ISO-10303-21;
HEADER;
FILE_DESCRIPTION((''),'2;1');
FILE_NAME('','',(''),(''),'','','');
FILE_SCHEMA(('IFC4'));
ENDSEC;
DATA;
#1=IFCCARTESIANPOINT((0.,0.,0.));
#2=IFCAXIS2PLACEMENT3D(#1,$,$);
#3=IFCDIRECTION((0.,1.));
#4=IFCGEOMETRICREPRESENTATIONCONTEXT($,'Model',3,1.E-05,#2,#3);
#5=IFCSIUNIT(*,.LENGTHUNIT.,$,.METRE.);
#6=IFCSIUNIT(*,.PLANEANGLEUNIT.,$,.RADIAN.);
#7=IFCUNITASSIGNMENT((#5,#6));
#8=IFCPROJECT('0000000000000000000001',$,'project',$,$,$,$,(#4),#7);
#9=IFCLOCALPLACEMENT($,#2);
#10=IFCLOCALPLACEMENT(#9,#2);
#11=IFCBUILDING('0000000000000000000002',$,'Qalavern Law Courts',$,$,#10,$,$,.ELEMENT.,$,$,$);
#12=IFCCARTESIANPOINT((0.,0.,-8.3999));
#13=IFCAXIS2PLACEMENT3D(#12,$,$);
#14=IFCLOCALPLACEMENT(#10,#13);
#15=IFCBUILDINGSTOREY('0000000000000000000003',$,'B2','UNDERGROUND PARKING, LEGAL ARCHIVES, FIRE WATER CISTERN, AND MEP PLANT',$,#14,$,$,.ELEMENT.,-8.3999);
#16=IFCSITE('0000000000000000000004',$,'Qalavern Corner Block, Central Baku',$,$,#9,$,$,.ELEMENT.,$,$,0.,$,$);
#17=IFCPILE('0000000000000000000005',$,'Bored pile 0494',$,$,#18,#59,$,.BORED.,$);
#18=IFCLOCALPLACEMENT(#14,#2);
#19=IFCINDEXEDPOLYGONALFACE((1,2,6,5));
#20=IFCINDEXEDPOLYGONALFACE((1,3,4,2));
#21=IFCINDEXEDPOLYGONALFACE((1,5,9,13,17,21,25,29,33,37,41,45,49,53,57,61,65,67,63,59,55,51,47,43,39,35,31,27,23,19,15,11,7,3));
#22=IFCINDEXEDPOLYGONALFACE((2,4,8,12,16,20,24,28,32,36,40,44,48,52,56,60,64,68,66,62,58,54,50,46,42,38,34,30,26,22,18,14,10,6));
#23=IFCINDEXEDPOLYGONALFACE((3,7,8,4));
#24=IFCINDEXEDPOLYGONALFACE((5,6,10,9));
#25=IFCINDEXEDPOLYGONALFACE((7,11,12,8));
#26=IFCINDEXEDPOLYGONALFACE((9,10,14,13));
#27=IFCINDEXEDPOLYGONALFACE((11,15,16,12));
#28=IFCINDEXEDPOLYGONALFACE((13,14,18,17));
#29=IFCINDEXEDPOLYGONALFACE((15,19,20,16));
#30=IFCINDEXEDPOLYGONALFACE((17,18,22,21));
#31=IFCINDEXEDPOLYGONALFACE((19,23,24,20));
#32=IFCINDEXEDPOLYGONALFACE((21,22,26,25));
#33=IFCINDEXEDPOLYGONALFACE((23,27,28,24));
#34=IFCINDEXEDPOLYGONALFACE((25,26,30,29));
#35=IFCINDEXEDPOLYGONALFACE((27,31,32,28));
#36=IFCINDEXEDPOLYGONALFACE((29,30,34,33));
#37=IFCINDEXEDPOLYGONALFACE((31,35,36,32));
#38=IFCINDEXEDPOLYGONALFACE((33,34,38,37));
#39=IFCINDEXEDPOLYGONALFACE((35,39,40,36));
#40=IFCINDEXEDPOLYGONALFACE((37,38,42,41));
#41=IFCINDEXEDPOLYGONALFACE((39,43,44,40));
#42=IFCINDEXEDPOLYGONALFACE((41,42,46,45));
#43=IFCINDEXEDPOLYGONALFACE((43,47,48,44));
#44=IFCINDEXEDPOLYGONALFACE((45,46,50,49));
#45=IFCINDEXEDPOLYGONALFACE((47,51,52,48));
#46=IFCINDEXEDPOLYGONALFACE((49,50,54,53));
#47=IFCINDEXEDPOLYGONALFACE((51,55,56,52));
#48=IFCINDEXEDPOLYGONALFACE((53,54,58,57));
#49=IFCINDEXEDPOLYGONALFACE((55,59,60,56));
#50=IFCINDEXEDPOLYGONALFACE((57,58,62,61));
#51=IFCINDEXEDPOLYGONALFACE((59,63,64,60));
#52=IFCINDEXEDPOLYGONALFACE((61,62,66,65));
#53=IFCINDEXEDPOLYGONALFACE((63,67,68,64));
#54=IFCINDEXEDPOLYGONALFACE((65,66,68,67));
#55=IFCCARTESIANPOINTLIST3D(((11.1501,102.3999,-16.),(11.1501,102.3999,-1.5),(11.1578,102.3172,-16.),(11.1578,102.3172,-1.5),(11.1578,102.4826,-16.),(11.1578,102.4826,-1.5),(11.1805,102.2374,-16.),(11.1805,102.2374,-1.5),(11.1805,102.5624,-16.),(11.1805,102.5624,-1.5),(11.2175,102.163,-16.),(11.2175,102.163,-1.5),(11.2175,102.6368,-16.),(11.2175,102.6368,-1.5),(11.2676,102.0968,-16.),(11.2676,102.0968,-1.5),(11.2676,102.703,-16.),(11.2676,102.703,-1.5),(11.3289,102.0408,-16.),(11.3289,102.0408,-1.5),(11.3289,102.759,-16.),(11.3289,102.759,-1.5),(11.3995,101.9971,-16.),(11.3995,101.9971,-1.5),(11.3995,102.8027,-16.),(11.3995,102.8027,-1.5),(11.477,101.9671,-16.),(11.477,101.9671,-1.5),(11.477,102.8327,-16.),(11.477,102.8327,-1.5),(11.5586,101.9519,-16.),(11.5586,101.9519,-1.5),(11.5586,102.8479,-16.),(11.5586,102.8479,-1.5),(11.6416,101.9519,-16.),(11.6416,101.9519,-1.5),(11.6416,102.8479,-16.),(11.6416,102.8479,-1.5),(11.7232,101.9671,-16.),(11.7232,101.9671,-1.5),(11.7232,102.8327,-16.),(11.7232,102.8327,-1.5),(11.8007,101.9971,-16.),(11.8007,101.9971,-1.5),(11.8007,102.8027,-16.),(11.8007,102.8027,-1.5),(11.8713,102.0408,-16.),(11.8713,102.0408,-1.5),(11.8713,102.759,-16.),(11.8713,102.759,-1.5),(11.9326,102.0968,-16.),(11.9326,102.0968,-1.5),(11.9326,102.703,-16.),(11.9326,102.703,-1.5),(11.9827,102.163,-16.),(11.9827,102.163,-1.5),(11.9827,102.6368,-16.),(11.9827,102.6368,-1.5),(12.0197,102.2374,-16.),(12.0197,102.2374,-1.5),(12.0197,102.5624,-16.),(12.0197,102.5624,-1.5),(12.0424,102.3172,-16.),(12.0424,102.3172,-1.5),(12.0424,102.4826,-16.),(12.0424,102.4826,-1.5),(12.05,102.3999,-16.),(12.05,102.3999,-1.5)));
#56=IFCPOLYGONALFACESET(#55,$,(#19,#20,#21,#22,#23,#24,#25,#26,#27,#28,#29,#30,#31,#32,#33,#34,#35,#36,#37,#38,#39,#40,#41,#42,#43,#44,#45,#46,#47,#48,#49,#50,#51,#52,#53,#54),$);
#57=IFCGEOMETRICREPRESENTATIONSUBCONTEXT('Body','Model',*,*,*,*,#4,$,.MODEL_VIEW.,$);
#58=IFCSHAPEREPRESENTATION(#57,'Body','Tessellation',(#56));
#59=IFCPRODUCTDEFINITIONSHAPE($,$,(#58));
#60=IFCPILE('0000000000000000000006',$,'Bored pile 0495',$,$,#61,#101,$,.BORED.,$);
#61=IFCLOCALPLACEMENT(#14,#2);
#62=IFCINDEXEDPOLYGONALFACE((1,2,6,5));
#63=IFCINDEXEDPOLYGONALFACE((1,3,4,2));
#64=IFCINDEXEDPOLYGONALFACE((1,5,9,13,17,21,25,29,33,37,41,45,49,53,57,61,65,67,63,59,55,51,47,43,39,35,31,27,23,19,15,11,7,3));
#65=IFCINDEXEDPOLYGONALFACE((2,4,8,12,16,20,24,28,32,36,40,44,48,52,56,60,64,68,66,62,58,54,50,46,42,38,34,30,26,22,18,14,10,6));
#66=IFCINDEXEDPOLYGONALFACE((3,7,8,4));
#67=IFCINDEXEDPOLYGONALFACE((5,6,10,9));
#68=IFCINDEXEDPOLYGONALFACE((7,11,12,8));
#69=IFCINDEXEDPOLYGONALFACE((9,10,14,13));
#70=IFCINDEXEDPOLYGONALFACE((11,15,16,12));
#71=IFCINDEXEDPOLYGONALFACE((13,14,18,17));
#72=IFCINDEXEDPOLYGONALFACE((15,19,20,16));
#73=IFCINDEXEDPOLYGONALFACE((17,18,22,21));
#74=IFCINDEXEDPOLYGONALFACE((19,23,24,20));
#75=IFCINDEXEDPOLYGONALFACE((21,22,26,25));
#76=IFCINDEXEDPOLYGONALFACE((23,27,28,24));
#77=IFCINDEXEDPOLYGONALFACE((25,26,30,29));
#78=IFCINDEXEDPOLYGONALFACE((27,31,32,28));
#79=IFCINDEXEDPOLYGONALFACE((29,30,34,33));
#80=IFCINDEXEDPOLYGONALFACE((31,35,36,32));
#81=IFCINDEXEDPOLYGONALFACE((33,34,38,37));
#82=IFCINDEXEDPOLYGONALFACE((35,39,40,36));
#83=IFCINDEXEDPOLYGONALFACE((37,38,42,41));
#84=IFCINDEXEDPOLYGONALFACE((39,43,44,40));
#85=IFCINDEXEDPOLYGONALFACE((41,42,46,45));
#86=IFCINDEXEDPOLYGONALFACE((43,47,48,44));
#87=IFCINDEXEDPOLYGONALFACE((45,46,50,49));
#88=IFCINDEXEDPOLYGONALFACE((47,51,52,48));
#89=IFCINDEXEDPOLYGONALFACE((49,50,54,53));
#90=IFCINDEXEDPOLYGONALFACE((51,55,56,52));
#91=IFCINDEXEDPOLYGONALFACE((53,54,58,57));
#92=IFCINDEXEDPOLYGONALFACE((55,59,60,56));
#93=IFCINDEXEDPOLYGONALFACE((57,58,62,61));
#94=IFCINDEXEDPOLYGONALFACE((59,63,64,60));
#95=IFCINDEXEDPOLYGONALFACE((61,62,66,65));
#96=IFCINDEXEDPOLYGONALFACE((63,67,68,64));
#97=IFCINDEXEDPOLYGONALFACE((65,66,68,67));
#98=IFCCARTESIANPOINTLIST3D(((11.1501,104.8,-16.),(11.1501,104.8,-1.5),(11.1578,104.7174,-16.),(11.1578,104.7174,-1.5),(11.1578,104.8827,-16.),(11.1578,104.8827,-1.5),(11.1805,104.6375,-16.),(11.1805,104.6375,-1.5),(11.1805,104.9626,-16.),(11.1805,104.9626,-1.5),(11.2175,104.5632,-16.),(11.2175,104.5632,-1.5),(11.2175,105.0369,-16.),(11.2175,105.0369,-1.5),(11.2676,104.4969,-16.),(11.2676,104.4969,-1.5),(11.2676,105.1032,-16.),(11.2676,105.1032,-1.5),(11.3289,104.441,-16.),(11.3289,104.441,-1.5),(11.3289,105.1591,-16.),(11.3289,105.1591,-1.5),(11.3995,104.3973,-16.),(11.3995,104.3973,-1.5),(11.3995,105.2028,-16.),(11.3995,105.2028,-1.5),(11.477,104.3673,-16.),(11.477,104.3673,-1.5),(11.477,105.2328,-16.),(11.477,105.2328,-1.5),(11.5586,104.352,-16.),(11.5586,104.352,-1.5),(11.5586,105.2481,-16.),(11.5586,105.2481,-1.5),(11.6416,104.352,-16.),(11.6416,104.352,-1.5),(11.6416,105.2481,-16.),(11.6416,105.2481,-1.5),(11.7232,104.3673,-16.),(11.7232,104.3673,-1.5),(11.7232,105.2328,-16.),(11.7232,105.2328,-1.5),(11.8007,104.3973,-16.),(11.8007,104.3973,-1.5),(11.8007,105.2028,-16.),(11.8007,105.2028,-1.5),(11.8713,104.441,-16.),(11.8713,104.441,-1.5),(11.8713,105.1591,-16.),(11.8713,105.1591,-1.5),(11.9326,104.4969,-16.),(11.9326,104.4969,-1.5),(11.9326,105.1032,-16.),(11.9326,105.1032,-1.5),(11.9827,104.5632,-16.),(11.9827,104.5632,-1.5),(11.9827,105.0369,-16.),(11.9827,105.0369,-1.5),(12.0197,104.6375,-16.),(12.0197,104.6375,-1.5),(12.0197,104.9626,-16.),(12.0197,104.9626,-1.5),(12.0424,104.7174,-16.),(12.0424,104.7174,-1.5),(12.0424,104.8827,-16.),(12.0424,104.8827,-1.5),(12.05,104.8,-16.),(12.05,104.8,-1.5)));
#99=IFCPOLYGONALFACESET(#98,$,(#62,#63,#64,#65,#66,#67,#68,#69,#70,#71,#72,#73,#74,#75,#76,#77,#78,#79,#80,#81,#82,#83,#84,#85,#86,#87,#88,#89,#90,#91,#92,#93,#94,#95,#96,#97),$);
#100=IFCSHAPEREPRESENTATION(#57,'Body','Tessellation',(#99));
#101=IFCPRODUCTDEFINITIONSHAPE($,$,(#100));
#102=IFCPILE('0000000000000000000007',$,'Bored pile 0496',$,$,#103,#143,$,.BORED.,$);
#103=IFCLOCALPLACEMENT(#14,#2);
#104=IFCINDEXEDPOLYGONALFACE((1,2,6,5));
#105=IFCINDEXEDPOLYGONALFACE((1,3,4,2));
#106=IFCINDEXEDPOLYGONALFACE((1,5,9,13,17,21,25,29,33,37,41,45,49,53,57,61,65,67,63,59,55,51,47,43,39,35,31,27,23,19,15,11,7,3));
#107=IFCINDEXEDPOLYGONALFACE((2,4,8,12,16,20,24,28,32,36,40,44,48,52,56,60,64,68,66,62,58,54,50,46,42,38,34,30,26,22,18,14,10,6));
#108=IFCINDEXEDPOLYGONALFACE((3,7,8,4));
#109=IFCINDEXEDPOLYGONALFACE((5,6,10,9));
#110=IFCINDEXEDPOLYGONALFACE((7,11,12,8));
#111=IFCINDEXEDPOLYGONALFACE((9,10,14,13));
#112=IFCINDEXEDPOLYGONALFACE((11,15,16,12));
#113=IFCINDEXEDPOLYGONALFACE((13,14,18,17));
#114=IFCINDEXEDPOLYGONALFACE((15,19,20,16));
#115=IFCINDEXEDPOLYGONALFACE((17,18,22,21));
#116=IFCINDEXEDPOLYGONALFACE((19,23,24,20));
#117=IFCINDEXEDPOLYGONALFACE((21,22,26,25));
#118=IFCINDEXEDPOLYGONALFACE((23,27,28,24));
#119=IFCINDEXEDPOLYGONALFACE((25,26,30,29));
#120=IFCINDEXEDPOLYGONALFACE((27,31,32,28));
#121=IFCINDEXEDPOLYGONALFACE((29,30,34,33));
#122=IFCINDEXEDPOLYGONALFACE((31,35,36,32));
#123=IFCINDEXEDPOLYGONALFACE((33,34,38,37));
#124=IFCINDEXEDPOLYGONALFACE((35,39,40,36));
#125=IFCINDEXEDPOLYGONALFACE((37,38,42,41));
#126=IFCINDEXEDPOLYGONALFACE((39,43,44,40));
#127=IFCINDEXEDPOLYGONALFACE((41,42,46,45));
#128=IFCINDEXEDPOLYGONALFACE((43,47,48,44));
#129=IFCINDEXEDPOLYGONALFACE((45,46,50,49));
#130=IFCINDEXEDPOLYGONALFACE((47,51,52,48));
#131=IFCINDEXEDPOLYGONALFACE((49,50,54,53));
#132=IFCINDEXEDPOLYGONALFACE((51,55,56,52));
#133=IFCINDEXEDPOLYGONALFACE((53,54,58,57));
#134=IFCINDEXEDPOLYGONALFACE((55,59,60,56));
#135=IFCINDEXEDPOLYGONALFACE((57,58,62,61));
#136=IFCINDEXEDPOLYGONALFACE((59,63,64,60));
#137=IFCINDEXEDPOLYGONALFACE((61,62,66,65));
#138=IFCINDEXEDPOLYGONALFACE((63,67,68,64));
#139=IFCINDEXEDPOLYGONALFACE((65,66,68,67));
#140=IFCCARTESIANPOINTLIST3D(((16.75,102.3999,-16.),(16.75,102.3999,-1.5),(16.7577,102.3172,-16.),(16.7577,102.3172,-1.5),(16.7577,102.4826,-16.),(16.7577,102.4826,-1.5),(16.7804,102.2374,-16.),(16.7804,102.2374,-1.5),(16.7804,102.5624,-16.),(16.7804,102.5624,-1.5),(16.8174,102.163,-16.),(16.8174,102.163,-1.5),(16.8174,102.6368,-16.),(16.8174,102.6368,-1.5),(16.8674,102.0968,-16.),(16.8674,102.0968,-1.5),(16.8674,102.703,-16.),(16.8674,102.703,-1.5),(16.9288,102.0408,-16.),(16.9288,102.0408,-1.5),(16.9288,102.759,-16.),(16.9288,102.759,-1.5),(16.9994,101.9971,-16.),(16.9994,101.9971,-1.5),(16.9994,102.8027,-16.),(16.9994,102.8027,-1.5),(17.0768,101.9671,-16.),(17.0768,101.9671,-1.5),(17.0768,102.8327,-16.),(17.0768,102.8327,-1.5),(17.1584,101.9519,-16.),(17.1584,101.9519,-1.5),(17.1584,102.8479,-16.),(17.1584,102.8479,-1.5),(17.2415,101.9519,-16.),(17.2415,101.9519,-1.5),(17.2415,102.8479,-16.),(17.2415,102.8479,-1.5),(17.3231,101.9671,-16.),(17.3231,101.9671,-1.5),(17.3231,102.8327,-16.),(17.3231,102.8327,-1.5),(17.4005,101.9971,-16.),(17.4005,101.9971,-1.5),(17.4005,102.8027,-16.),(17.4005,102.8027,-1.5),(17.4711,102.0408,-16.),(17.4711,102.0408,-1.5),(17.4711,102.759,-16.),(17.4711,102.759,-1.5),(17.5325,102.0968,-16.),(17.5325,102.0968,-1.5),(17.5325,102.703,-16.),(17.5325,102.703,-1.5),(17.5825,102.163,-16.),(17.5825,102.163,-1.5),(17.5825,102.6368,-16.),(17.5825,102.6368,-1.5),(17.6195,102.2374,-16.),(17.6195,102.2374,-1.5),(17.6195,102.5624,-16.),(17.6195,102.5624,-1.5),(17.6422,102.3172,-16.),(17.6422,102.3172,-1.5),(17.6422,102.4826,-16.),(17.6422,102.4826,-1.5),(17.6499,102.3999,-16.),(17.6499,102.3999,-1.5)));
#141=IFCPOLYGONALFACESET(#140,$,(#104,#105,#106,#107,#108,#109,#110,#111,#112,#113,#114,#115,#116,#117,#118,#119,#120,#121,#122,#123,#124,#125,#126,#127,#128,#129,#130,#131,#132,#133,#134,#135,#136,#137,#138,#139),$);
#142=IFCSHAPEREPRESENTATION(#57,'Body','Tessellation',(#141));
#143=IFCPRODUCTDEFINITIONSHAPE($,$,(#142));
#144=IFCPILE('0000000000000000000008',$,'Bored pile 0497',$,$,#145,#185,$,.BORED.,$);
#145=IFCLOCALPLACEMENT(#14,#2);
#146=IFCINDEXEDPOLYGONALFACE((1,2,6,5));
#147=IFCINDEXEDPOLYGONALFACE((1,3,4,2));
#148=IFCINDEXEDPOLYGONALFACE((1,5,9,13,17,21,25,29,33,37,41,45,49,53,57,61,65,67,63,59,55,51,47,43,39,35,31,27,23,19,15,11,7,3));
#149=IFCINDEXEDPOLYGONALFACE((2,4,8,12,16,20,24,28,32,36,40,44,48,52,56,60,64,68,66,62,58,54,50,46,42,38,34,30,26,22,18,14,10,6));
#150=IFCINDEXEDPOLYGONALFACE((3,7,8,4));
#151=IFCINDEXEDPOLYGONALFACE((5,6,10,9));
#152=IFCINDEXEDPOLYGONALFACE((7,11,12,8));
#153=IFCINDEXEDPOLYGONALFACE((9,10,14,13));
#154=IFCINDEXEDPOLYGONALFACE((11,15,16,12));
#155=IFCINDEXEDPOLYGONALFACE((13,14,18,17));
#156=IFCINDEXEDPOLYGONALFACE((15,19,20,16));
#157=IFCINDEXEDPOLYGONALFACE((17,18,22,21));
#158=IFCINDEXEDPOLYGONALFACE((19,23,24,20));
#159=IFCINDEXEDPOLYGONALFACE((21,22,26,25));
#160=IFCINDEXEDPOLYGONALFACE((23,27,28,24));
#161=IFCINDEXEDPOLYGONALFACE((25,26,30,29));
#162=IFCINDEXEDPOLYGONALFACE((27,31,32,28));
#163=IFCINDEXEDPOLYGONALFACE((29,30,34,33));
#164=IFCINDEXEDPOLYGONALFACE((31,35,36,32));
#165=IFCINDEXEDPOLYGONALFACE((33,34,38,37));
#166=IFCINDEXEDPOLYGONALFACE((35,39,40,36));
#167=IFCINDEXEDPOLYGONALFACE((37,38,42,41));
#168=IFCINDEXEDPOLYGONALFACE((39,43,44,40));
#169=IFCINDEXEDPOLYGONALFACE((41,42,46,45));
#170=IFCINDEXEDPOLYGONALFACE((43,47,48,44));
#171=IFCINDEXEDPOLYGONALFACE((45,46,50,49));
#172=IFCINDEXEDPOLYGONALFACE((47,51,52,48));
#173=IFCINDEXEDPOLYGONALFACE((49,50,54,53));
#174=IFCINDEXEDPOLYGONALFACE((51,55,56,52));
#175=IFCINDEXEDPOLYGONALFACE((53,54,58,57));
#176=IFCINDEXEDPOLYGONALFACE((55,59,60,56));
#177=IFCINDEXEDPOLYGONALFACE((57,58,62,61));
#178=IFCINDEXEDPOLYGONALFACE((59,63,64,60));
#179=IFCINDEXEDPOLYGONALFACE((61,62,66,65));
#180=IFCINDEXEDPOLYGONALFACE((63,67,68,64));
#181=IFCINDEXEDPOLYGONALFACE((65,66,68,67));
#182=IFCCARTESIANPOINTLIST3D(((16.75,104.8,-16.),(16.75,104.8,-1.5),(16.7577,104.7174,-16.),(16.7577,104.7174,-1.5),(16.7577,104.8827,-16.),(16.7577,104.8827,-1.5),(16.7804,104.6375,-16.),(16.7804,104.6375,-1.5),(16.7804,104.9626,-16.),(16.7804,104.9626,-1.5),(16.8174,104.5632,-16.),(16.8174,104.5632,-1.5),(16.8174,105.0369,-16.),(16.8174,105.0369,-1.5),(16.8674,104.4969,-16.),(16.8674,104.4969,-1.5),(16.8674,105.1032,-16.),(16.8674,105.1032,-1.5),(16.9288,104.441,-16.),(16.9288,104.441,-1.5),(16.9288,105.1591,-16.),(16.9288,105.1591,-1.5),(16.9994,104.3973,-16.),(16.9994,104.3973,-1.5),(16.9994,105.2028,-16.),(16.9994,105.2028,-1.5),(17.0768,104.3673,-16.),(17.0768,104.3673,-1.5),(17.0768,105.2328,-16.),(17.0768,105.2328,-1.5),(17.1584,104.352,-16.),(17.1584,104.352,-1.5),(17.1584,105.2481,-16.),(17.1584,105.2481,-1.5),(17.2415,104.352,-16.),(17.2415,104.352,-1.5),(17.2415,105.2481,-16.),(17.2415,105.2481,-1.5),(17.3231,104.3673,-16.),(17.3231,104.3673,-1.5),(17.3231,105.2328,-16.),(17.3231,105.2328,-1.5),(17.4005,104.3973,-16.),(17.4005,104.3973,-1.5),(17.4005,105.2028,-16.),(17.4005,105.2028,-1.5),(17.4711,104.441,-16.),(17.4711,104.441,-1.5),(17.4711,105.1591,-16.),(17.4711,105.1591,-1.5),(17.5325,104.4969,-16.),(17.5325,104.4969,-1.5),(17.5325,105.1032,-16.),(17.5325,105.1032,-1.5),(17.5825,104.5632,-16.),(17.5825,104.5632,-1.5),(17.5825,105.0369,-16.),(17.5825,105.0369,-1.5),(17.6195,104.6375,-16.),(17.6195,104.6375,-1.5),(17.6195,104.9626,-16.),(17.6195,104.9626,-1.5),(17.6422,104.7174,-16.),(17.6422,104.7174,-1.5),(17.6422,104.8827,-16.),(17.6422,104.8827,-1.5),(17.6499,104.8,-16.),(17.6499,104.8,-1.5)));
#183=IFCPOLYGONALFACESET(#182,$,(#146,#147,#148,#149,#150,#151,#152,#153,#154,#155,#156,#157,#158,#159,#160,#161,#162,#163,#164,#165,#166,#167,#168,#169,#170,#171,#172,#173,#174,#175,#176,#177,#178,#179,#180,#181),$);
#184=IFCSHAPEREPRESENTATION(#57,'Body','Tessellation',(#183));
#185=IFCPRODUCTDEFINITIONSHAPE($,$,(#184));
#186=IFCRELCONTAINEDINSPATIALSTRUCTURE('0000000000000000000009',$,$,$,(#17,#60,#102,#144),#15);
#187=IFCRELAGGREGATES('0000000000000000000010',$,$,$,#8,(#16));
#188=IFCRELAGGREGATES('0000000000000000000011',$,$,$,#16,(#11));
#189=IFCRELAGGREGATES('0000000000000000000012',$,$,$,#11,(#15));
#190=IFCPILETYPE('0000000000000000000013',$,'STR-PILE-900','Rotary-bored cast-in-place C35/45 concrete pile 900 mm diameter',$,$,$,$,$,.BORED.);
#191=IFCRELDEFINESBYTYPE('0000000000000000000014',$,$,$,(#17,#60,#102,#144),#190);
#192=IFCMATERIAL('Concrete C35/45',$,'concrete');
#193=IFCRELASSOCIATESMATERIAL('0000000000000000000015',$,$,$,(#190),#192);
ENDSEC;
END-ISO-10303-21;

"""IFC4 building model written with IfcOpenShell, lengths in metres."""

from ifc_helpers import new_model, si_unit, direction, frame, origin, origin_2d, place, context, subcontext, project, spatial, circle, extrude, material, material_profile, profile_set, type_object, element, save


model = new_model("IFC4")

# Units and contexts
model_context = context("Model", 3, precision=1e-05, world=origin(), true_north=direction((0.0, 1.0)))
body_context = subcontext(model_context, "Body", "Model", "MODEL_VIEW")
ifc_project = project(units=[si_unit("LENGTHUNIT", "METRE"), si_unit("PLANEANGLEUNIT", "RADIAN")], contexts=[model_context])

# Site, building, storey
site_placement = place(None, origin())
site = spatial("IfcSite", under=ifc_project, at=site_placement, Name="Qalavern Corner Block, Central Baku", CompositionType="ELEMENT", RefElevation=0.0)
building_placement = place(site_placement, origin())
building = spatial("IfcBuilding", under=site, at=building_placement, Name="Qalavern Law Courts", CompositionType="ELEMENT")
storey_placement = place(building_placement, frame((0.0, 0.0, -8.3999)))
storey = spatial("IfcBuildingStorey", under=building, at=storey_placement, Name="B2", Description="UNDERGROUND PARKING, LEGAL ARCHIVES, FIRE WATER CISTERN, AND MEP PLANT", CompositionType="ELEMENT", Elevation=-8.3999)

# Shared definitions
ifc_material_1 = material(Name="Concrete C35/45", Category="concrete")

# Piles
ifc_material_profile_1 = material_profile(ifc_material_1, circle(Radius=0.45, at=origin_2d()), Name="BORED PILE 900")
ifc_profile_set_1 = profile_set([ifc_material_profile_1], Name="Concrete C35/45")
pile_type_1 = type_object("IfcPileType", Name="STR-PILE-900", Description="Rotary-bored cast-in-place C35/45 concrete pile 900 mm diameter", PredefinedType="BORED", material=ifc_profile_set_1)
for number, where, z_axis, x_axis, name in (
    (1, (11.6001, 102.3999, -1.5), (0.0, 0.0, -1.0), (1.0, 0.0, 0.0), "Bored pile 0494"),
    (2, (11.6001, 104.8, -1.5), (0.0, 0.0, -1.0), (1.0, 0.0, 0.0), "Bored pile 0495"),
    (3, (17.2, 102.3999, -1.5), (0.0, 0.0, -1.0), (1.0, 0.0, 0.0), "Bored pile 0496"),
    (4, (17.2, 104.8, -1.5), (0.0, 0.0, -1.0), (1.0, 0.0, 0.0), "Bored pile 0497"),
):
    element("IfcPile", number, at=place(storey_placement, frame(where, z_axis=z_axis, x_axis=x_axis)), inside=storey, type_object=pile_type_1, Name=name, PredefinedType="BORED", context=body_context, shape_type="SweptSolid", body=[
        extrude(circle(Radius=0.45, at=origin_2d()), origin(), (0.0, 0.0, 1.0), 14.5),
    ])

save(model, "model.ifc")
